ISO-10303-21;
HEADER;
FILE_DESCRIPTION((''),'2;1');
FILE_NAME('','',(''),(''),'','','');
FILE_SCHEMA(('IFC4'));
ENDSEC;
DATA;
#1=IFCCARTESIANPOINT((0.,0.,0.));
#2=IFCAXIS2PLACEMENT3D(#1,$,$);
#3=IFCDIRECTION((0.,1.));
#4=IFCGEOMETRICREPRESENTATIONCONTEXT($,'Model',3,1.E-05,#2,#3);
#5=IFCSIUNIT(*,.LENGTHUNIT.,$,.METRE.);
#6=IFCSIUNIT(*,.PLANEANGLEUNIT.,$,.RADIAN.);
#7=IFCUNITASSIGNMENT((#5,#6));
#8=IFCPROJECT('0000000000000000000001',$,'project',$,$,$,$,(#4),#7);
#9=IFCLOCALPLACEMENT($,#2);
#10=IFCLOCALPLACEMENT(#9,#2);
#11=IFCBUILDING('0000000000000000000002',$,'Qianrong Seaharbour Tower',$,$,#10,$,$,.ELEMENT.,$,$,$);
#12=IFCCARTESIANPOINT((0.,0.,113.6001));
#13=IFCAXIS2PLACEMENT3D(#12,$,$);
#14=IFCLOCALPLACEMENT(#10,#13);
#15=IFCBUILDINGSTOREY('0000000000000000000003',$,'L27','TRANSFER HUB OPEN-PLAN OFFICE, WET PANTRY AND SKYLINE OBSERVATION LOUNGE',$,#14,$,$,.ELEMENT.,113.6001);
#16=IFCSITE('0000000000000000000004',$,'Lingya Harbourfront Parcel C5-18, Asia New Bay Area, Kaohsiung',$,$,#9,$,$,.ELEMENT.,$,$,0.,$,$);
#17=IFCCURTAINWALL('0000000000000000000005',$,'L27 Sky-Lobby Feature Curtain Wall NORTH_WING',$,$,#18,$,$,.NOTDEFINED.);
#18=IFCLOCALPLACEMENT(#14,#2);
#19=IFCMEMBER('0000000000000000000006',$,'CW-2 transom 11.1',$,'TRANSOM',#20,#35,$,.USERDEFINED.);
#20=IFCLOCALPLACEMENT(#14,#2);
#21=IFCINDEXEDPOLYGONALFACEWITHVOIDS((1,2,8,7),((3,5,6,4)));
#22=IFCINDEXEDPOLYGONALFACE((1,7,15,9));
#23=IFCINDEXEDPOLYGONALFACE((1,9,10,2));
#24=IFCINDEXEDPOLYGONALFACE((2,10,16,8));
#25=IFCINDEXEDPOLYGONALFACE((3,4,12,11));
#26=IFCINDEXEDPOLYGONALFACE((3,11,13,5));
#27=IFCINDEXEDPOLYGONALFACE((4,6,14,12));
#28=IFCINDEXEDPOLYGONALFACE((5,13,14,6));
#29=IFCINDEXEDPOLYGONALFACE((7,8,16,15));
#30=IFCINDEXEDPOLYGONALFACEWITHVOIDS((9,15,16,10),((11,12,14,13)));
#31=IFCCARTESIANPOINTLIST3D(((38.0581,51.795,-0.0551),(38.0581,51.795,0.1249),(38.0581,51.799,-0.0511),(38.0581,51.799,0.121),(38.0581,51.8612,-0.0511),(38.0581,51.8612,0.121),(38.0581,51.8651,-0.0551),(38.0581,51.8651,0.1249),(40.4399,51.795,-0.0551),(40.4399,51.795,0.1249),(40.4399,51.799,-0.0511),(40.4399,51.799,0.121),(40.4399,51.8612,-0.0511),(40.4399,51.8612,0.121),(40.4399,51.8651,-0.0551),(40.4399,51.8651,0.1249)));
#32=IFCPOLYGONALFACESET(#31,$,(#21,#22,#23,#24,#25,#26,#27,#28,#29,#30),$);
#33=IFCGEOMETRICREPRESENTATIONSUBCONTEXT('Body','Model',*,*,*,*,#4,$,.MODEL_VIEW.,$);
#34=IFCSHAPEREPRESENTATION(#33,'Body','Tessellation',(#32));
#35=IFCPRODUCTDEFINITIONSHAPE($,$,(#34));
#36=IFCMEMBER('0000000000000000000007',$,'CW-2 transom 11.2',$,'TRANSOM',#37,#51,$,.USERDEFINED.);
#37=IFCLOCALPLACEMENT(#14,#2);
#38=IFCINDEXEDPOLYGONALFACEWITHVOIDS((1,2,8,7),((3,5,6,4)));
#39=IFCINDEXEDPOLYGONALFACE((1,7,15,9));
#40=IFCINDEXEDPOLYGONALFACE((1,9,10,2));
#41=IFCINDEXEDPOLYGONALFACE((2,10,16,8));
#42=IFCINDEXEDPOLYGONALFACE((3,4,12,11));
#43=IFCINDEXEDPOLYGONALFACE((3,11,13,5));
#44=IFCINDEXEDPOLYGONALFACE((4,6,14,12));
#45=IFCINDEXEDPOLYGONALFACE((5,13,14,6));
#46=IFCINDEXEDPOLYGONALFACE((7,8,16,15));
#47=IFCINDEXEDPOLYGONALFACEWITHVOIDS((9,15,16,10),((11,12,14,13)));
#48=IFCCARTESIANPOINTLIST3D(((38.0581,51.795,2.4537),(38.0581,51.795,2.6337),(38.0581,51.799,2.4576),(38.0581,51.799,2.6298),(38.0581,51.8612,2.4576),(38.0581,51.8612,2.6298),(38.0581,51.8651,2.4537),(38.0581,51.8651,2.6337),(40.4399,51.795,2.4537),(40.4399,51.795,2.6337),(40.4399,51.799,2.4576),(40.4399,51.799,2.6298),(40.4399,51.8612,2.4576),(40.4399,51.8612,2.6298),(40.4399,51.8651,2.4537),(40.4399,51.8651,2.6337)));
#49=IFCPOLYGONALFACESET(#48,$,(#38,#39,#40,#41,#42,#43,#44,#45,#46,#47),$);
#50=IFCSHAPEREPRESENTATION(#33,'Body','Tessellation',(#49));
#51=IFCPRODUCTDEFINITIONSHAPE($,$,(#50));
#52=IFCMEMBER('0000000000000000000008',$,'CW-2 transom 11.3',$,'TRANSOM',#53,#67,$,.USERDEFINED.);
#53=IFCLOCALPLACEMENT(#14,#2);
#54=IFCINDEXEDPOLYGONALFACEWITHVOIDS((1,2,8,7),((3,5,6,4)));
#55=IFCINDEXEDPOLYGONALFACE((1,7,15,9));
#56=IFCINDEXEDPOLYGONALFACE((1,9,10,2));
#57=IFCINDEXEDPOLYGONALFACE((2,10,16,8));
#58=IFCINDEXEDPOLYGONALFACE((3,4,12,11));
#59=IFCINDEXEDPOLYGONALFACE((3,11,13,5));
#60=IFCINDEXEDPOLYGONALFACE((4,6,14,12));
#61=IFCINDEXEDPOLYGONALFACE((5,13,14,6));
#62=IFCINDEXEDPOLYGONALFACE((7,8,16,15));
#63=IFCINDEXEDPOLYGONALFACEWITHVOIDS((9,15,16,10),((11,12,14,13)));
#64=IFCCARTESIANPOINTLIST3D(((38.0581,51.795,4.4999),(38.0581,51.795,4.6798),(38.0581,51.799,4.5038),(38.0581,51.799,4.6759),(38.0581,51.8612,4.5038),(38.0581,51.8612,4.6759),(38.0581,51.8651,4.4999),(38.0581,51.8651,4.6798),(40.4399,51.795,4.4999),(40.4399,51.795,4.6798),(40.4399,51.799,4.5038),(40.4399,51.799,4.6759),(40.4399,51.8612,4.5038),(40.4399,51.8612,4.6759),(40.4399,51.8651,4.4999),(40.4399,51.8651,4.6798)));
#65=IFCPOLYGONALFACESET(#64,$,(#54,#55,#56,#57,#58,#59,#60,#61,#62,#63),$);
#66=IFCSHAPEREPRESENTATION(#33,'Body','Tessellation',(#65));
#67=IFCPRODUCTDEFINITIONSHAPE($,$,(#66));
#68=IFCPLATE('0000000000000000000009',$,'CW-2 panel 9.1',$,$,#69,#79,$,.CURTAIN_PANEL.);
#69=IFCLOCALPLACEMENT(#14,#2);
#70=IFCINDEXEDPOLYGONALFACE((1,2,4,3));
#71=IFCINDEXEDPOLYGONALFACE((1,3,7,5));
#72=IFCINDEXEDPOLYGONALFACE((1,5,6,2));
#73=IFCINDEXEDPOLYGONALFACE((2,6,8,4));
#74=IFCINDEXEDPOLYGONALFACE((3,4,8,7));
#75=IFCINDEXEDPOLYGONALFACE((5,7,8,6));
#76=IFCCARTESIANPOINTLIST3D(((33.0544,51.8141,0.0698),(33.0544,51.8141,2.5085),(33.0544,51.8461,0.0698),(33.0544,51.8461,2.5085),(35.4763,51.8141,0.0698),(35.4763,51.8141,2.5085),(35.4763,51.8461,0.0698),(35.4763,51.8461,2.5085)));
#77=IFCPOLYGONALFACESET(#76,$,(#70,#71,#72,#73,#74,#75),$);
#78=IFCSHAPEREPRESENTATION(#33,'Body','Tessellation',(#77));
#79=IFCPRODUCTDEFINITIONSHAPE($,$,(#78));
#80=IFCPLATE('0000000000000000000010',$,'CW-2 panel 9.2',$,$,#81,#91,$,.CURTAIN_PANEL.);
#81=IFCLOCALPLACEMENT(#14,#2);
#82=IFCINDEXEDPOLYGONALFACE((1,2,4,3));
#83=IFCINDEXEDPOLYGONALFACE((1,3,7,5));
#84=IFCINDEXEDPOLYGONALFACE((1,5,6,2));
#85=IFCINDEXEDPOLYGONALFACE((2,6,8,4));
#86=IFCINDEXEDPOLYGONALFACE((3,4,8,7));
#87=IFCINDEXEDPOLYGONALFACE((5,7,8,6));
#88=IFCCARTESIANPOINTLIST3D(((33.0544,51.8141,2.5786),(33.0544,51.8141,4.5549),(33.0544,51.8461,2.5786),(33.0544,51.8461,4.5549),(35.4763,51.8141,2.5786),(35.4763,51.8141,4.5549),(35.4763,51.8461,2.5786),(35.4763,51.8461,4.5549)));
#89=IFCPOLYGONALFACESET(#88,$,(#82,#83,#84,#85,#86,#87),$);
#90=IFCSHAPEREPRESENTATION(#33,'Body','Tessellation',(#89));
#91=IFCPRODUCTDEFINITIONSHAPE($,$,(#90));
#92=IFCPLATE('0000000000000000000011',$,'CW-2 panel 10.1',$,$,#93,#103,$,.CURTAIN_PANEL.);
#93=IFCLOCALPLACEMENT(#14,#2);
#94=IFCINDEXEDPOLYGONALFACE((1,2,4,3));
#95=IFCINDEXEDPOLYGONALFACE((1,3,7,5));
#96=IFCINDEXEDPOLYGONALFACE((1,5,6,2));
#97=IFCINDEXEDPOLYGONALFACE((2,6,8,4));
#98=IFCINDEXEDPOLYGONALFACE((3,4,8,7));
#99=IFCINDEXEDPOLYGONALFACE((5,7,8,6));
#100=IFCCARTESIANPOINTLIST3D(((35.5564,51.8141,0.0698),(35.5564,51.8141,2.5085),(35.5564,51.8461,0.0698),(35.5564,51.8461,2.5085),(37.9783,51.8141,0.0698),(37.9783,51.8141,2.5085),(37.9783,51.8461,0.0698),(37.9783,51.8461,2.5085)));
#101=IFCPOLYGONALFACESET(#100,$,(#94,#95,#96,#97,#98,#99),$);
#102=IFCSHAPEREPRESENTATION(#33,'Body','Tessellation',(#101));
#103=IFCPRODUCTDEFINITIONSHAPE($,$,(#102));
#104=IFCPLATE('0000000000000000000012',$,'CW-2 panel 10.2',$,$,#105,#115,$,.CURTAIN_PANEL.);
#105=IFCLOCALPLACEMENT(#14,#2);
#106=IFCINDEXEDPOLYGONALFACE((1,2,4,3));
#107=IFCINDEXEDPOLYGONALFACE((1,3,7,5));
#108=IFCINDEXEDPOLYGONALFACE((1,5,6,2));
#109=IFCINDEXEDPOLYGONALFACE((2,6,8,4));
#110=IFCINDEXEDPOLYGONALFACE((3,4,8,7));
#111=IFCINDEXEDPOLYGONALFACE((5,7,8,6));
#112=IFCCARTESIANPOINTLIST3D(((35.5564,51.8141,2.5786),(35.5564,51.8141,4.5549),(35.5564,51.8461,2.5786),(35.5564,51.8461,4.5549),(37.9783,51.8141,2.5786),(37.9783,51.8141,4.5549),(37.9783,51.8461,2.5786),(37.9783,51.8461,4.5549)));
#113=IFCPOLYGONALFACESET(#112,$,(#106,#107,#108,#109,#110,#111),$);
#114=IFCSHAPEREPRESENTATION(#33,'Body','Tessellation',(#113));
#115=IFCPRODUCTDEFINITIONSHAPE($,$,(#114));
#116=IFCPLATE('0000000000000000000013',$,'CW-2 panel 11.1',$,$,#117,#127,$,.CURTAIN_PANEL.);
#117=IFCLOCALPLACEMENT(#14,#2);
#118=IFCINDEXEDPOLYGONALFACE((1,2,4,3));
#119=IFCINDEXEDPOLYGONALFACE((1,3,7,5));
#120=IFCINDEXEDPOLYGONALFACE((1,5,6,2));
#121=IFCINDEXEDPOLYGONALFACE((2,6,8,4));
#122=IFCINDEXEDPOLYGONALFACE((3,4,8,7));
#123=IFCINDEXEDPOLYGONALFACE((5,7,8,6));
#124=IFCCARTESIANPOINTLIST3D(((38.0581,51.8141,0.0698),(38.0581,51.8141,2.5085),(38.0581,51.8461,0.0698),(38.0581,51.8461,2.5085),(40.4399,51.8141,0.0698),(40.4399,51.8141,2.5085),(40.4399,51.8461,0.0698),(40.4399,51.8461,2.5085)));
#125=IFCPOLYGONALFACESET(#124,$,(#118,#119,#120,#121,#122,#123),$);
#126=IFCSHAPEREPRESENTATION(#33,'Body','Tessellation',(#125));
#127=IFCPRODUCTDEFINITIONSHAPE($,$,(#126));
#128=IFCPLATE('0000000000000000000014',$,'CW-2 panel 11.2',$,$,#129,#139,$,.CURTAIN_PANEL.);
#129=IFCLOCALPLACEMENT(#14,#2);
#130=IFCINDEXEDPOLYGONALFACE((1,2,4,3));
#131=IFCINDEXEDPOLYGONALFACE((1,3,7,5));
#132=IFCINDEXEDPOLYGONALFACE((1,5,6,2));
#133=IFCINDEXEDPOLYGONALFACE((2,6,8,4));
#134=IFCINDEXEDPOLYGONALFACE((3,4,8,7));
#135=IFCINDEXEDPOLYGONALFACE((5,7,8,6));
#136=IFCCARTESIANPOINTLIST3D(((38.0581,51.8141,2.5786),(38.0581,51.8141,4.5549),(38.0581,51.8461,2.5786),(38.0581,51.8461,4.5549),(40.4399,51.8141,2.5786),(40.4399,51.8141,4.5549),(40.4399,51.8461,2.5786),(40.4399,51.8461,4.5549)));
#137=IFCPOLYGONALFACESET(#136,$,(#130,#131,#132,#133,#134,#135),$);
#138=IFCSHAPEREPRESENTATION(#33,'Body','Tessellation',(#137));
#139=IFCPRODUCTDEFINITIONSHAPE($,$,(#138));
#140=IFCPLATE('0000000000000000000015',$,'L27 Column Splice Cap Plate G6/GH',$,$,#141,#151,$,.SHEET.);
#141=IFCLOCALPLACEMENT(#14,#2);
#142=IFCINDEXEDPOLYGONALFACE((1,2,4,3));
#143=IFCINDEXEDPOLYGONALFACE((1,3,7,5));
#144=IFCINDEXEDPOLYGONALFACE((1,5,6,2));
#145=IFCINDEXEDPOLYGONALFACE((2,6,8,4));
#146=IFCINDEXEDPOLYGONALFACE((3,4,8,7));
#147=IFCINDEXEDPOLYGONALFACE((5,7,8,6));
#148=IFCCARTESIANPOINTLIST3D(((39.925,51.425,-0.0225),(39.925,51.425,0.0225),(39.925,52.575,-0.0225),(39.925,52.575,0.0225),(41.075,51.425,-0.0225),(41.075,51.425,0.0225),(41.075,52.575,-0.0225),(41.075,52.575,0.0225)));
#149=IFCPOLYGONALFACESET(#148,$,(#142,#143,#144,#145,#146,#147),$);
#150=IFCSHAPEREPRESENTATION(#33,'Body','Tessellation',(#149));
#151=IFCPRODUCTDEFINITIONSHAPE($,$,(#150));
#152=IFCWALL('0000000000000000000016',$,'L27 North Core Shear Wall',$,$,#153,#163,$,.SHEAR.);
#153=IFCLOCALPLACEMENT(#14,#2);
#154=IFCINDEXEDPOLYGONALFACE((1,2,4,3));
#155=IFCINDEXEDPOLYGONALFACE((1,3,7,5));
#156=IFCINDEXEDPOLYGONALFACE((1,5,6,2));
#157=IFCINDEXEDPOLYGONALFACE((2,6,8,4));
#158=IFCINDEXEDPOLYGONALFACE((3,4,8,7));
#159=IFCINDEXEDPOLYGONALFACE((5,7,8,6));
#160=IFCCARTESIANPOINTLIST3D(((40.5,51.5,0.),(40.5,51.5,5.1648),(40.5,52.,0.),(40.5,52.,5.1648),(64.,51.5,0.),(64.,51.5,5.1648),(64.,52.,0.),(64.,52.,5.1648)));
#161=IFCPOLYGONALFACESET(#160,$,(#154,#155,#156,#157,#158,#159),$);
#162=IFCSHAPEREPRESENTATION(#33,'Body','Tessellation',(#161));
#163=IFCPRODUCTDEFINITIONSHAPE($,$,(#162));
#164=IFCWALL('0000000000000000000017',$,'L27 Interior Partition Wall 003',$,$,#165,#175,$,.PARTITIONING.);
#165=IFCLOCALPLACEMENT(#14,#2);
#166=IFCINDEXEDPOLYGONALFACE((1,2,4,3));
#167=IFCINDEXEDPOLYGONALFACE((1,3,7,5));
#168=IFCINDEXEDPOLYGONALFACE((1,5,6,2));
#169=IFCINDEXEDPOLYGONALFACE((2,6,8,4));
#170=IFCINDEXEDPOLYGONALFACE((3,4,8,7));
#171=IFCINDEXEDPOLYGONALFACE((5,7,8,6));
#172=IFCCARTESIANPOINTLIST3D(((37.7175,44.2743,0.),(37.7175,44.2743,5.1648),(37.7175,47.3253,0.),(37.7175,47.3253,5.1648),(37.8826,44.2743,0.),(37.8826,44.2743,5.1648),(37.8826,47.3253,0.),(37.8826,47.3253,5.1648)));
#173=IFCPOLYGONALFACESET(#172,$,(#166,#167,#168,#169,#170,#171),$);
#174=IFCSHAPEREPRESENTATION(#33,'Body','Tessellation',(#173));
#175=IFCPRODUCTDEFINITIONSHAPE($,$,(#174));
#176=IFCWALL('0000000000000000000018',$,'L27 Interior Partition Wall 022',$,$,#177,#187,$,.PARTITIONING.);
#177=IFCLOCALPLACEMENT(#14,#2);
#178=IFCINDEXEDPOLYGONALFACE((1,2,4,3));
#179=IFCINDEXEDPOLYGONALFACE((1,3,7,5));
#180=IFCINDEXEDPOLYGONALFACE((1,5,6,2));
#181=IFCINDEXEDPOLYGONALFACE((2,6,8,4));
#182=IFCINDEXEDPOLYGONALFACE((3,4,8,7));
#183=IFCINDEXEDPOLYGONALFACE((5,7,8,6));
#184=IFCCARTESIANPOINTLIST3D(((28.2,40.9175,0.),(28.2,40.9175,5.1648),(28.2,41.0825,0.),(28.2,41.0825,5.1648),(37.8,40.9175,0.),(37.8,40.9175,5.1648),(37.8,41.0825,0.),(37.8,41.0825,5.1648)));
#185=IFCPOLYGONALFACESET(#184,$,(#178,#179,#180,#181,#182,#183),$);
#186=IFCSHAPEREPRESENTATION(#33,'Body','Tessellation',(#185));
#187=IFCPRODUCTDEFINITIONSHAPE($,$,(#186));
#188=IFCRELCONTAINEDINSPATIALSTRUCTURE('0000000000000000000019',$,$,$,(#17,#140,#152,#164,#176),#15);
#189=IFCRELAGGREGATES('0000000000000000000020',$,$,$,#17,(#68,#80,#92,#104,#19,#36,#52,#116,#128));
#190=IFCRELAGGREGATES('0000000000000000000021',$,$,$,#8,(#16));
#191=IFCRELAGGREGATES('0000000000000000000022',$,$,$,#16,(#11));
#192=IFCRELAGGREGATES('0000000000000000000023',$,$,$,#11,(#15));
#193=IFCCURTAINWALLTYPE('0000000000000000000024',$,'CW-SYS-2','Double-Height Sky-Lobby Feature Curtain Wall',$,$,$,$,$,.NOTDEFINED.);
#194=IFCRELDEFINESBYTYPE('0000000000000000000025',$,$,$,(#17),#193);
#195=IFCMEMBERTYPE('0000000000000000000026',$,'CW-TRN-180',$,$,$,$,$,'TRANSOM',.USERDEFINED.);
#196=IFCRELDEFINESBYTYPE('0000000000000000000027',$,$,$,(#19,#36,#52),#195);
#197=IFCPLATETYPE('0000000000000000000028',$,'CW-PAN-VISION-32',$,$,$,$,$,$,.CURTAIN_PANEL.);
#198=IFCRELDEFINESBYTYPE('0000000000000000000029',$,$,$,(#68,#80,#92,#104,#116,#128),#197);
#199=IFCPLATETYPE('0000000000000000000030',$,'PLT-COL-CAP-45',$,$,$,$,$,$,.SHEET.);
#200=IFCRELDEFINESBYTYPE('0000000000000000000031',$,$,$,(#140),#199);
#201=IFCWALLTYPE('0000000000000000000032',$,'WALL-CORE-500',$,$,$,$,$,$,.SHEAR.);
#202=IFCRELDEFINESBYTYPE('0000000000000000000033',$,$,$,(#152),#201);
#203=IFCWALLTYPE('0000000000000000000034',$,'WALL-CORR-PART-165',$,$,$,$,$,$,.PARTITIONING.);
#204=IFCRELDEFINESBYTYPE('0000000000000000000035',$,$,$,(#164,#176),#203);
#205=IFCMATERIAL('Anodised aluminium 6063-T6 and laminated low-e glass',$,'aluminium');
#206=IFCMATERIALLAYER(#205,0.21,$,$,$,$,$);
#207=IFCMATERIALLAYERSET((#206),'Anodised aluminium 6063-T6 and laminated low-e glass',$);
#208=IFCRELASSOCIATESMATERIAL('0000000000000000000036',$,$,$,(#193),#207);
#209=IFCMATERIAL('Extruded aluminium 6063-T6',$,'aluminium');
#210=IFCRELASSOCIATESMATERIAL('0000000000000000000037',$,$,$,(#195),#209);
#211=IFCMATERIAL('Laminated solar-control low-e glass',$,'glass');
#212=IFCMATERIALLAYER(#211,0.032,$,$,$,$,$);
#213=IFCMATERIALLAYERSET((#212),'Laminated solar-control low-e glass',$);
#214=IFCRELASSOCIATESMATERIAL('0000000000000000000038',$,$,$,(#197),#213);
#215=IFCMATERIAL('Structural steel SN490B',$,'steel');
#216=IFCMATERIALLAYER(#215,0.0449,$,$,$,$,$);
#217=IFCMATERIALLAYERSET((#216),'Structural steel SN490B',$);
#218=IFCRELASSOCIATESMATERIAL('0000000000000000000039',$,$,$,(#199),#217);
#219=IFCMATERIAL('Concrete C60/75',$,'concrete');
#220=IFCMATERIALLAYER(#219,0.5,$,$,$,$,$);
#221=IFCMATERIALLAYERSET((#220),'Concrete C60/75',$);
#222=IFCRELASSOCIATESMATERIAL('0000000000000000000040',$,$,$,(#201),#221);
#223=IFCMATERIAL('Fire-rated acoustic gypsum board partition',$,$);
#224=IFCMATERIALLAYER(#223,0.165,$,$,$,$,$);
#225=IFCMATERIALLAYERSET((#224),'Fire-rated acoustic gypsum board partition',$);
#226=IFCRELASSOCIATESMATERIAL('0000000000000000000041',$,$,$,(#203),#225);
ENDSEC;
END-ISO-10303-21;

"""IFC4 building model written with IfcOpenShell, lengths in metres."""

from ifc_helpers import new_model, si_unit, direction, frame, frame_2d, origin, origin_2d, place, context, subcontext, project, spatial, rectangle, hollow_rectangle, extrude, material, layer, layer_set, material_profile, profile_set, type_object, element, aggregate, save


model = new_model("IFC4")

# Units and contexts
model_context = context("Model", 3, precision=1e-05, world=origin(), true_north=direction((0.0, 1.0)))
body_context = subcontext(model_context, "Body", "Model", "MODEL_VIEW")
ifc_project = project(units=[si_unit("LENGTHUNIT", "METRE"), si_unit("PLANEANGLEUNIT", "RADIAN")], contexts=[model_context])

# Site, building, storey
site_placement = place(None, origin())
site = spatial("IfcSite", under=ifc_project, at=site_placement, Name="Lingya Harbourfront Parcel C5-18, Asia New Bay Area, Kaohsiung", CompositionType="ELEMENT", RefElevation=0.0)
building_placement = place(site_placement, origin())
building = spatial("IfcBuilding", under=site, at=building_placement, Name="Qianrong Seaharbour Tower", CompositionType="ELEMENT")
storey_placement = place(building_placement, frame((0.0, 0.0, 113.6001)))
storey = spatial("IfcBuildingStorey", under=building, at=storey_placement, Name="L27", Description="TRANSFER HUB OPEN-PLAN OFFICE, WET PANTRY AND SKYLINE OBSERVATION LOUNGE", CompositionType="ELEMENT", Elevation=113.6001)

# Shared definitions
ifc_material_1 = material(Name="Structural steel SN490B", Category="steel")

# Curtain wall, members, plates
ifc_material_2 = material(Name="Anodised aluminium 6063-T6 and laminated low-e glass", Category="aluminium")
ifc_layer_1 = layer(ifc_material_2, 0.21)
ifc_layer_set_1 = layer_set([ifc_layer_1], Name="Anodised aluminium 6063-T6 and laminated low-e glass")
curtain_wall_type = type_object("IfcCurtainWallType", Name="CW-SYS-2", Description="Double-Height Sky-Lobby Feature Curtain Wall", PredefinedType="NOTDEFINED", material=ifc_layer_set_1)
curtain_wall_placement = place(storey_placement, origin())
curtain_wall = element("IfcCurtainWall", 1, at=curtain_wall_placement, inside=storey, type_object=curtain_wall_type, Name="L27 Sky-Lobby Feature Curtain Wall NORTH_WING", PredefinedType="NOTDEFINED")
ifc_material_3 = material(Name="Extruded aluminium 6063-T6", Category="aluminium")
ifc_material_profile_1 = material_profile(ifc_material_3, hollow_rectangle(XDim=0.0701, YDim=0.1799, WallThickness=0.0039, at=origin_2d()), Name="ALU-TRN-180x70x4")
ifc_profile_set_1 = profile_set([ifc_material_profile_1], Name="Extruded aluminium 6063-T6")
member_type_1 = type_object("IfcMemberType", Name="CW-TRN-180", ElementType="TRANSOM", PredefinedType="USERDEFINED", material=ifc_profile_set_1)
member_1_placement = place(storey_placement, frame((38.0581, 51.8301, 0.0349), z_axis=(1.0, 0.0, 0.0), x_axis=(0.0, 1.0, 0.0)))
member_1 = element("IfcMember", 2, at=member_1_placement, type_object=member_type_1, Name="CW-2 transom 11.1", ObjectType="TRANSOM", PredefinedType="USERDEFINED", context=body_context, shape_type="SweptSolid", body=[
    extrude(hollow_rectangle(XDim=0.0701, YDim=0.1799, WallThickness=0.0039, at=origin_2d()), origin(), (0.0, 0.0, 1.0), 2.3818),
])
member_2_placement = place(storey_placement, frame((38.0581, 51.8301, 2.5437), z_axis=(1.0, 0.0, 0.0), x_axis=(0.0, 1.0, 0.0)))
member_2 = element("IfcMember", 3, at=member_2_placement, type_object=member_type_1, Name="CW-2 transom 11.2", ObjectType="TRANSOM", PredefinedType="USERDEFINED", context=body_context, shape_type="SweptSolid", body=[
    extrude(hollow_rectangle(XDim=0.0701, YDim=0.1799, WallThickness=0.0039, at=origin_2d()), origin(), (0.0, 0.0, 1.0), 2.3818),
])
member_3_placement = place(storey_placement, frame((38.0581, 51.8301, 4.5898), z_axis=(1.0, 0.0, 0.0), x_axis=(0.0, 1.0, 0.0)))
member_3 = element("IfcMember", 4, at=member_3_placement, type_object=member_type_1, Name="CW-2 transom 11.3", ObjectType="TRANSOM", PredefinedType="USERDEFINED", context=body_context, shape_type="SweptSolid", body=[
    extrude(hollow_rectangle(XDim=0.0701, YDim=0.1799, WallThickness=0.0039, at=origin_2d()), origin(), (0.0, 0.0, 1.0), 2.3818),
])
ifc_material_4 = material(Name="Laminated solar-control low-e glass", Category="glass")
ifc_layer_2 = layer(ifc_material_4, 0.032)
ifc_layer_set_2 = layer_set([ifc_layer_2], Name="Laminated solar-control low-e glass")
plate_type_1 = type_object("IfcPlateType", Name="CW-PAN-VISION-32", PredefinedType="CURTAIN_PANEL", material=ifc_layer_set_2)
plate_1_placement = place(storey_placement, frame((34.2654, 51.8301, 0.0698), z_axis=(0.0, 0.0, 1.0), x_axis=(1.0, 0.0, 0.0)))
plate_1 = element("IfcPlate", 5, at=plate_1_placement, type_object=plate_type_1, Name="CW-2 panel 9.1", PredefinedType="CURTAIN_PANEL", context=body_context, shape_type="SweptSolid", body=[
    extrude(rectangle(XDim=2.4219, YDim=0.032, at=origin_2d()), origin(), (0.0, 0.0, 1.0), 2.4387),
])
plate_2_placement = place(storey_placement, frame((34.2654, 51.8301, 2.5786), z_axis=(0.0, 0.0, 1.0), x_axis=(1.0, 0.0, 0.0)))
plate_2 = element("IfcPlate", 6, at=plate_2_placement, type_object=plate_type_1, Name="CW-2 panel 9.2", PredefinedType="CURTAIN_PANEL", context=body_context, shape_type="SweptSolid", body=[
    extrude(rectangle(XDim=2.4219, YDim=0.032, at=origin_2d()), origin(), (0.0, 0.0, 1.0), 1.9763),
])
plate_3_placement = place(storey_placement, frame((36.7673, 51.8301, 0.0698), z_axis=(0.0, 0.0, 1.0), x_axis=(1.0, 0.0, 0.0)))
plate_3 = element("IfcPlate", 7, at=plate_3_placement, type_object=plate_type_1, Name="CW-2 panel 10.1", PredefinedType="CURTAIN_PANEL", context=body_context, shape_type="SweptSolid", body=[
    extrude(rectangle(XDim=2.4219, YDim=0.032, at=origin_2d()), origin(), (0.0, 0.0, 1.0), 2.4387),
])
plate_4_placement = place(storey_placement, frame((36.7673, 51.8301, 2.5786), z_axis=(0.0, 0.0, 1.0), x_axis=(1.0, 0.0, 0.0)))
plate_4 = element("IfcPlate", 8, at=plate_4_placement, type_object=plate_type_1, Name="CW-2 panel 10.2", PredefinedType="CURTAIN_PANEL", context=body_context, shape_type="SweptSolid", body=[
    extrude(rectangle(XDim=2.4219, YDim=0.032, at=origin_2d()), origin(), (0.0, 0.0, 1.0), 1.9763),
])
plate_5_placement = place(storey_placement, frame((39.249, 51.8301, 0.0698), z_axis=(0.0, 0.0, 1.0), x_axis=(1.0, 0.0, 0.0)))
plate_5 = element("IfcPlate", 9, at=plate_5_placement, type_object=plate_type_1, Name="CW-2 panel 11.1", PredefinedType="CURTAIN_PANEL", context=body_context, shape_type="SweptSolid", body=[
    extrude(rectangle(XDim=2.3818, YDim=0.032, at=origin_2d()), origin(), (0.0, 0.0, 1.0), 2.4387),
])
plate_6_placement = place(storey_placement, frame((39.249, 51.8301, 2.5786), z_axis=(0.0, 0.0, 1.0), x_axis=(1.0, 0.0, 0.0)))
plate_6 = element("IfcPlate", 10, at=plate_6_placement, type_object=plate_type_1, Name="CW-2 panel 11.2", PredefinedType="CURTAIN_PANEL", context=body_context, shape_type="SweptSolid", body=[
    extrude(rectangle(XDim=2.3818, YDim=0.032, at=origin_2d()), origin(), (0.0, 0.0, 1.0), 1.9763),
])
aggregate(curtain_wall, [plate_1, plate_2, plate_3, plate_4, member_1, member_2, member_3, plate_5, plate_6])

# Plate
ifc_layer_3 = layer(ifc_material_1, 0.0449)
ifc_layer_set_3 = layer_set([ifc_layer_3], Name="Structural steel SN490B")
plate_type_2 = type_object("IfcPlateType", Name="PLT-COL-CAP-45", PredefinedType="SHEET", material=ifc_layer_set_3)
plate_7_placement = place(storey_placement, frame((40.5, 52.0, -0.0225), z_axis=(0.0, 0.0, 1.0), x_axis=(1.0, 0.0, 0.0)))
element("IfcPlate", 11, at=plate_7_placement, inside=storey, type_object=plate_type_2, Name="L27 Column Splice Cap Plate G6/GH", PredefinedType="SHEET", context=body_context, shape_type="SweptSolid", body=[
    extrude(rectangle(XDim=1.1499, YDim=1.1499, at=origin_2d()), origin(), (0.0, 0.0, 1.0), 0.0449),
])

# Wall
ifc_material_5 = material(Name="Concrete C60/75", Category="concrete")
ifc_layer_4 = layer(ifc_material_5, 0.5)
ifc_layer_set_4 = layer_set([ifc_layer_4], Name="Concrete C60/75")
wall_type_1 = type_object("IfcWallType", Name="WALL-CORE-500", PredefinedType="SHEAR", material=ifc_layer_set_4)
wall_1_placement = place(storey_placement, frame((40.5, 51.75, 0.0), z_axis=(0.0, 0.0, 1.0), x_axis=(1.0, 0.0, 0.0)))
element("IfcWall", 12, at=wall_1_placement, inside=storey, type_object=wall_type_1, Name="L27 North Core Shear Wall", PredefinedType="SHEAR", context=body_context, shape_type="SweptSolid", body=[
    extrude(rectangle(XDim=23.5, YDim=0.5, at=frame_2d((11.75, 0.0))), origin(), (0.0, 0.0, 1.0), 5.1648),
])

# Shared definitions
ifc_material_6 = material(Name="Fire-rated acoustic gypsum board partition")
ifc_layer_5 = layer(ifc_material_6, 0.165)
ifc_layer_set_5 = layer_set([ifc_layer_5], Name="Fire-rated acoustic gypsum board partition")
wall_type_2 = type_object("IfcWallType", Name="WALL-CORR-PART-165", PredefinedType="PARTITIONING", material=ifc_layer_set_5)

# Walls
wall_2_placement = place(storey_placement, frame((37.8, 44.2744, 0.0), z_axis=(0.0, 0.0, 1.0), x_axis=(0.0, 1.0, 0.0)))
element("IfcWall", 13, at=wall_2_placement, inside=storey, type_object=wall_type_2, Name="L27 Interior Partition Wall 003", PredefinedType="PARTITIONING", context=body_context, shape_type="SweptSolid", body=[
    extrude(rectangle(XDim=3.051, YDim=0.165, at=frame_2d((1.5254, 0.0))), origin(), (0.0, 0.0, 1.0), 5.1648),
])
wall_3_placement = place(storey_placement, frame((37.8, 41.0, 0.0), z_axis=(0.0, 0.0, 1.0), x_axis=(-1.0, 0.0, 0.0)))
element("IfcWall", 14, at=wall_3_placement, inside=storey, type_object=wall_type_2, Name="L27 Interior Partition Wall 022", PredefinedType="PARTITIONING", context=body_context, shape_type="SweptSolid", body=[
    extrude(rectangle(XDim=9.6001, YDim=0.165, at=frame_2d((4.8, 0.0))), origin(), (0.0, 0.0, 1.0), 5.1648),
])

save(model, "model.ifc")
